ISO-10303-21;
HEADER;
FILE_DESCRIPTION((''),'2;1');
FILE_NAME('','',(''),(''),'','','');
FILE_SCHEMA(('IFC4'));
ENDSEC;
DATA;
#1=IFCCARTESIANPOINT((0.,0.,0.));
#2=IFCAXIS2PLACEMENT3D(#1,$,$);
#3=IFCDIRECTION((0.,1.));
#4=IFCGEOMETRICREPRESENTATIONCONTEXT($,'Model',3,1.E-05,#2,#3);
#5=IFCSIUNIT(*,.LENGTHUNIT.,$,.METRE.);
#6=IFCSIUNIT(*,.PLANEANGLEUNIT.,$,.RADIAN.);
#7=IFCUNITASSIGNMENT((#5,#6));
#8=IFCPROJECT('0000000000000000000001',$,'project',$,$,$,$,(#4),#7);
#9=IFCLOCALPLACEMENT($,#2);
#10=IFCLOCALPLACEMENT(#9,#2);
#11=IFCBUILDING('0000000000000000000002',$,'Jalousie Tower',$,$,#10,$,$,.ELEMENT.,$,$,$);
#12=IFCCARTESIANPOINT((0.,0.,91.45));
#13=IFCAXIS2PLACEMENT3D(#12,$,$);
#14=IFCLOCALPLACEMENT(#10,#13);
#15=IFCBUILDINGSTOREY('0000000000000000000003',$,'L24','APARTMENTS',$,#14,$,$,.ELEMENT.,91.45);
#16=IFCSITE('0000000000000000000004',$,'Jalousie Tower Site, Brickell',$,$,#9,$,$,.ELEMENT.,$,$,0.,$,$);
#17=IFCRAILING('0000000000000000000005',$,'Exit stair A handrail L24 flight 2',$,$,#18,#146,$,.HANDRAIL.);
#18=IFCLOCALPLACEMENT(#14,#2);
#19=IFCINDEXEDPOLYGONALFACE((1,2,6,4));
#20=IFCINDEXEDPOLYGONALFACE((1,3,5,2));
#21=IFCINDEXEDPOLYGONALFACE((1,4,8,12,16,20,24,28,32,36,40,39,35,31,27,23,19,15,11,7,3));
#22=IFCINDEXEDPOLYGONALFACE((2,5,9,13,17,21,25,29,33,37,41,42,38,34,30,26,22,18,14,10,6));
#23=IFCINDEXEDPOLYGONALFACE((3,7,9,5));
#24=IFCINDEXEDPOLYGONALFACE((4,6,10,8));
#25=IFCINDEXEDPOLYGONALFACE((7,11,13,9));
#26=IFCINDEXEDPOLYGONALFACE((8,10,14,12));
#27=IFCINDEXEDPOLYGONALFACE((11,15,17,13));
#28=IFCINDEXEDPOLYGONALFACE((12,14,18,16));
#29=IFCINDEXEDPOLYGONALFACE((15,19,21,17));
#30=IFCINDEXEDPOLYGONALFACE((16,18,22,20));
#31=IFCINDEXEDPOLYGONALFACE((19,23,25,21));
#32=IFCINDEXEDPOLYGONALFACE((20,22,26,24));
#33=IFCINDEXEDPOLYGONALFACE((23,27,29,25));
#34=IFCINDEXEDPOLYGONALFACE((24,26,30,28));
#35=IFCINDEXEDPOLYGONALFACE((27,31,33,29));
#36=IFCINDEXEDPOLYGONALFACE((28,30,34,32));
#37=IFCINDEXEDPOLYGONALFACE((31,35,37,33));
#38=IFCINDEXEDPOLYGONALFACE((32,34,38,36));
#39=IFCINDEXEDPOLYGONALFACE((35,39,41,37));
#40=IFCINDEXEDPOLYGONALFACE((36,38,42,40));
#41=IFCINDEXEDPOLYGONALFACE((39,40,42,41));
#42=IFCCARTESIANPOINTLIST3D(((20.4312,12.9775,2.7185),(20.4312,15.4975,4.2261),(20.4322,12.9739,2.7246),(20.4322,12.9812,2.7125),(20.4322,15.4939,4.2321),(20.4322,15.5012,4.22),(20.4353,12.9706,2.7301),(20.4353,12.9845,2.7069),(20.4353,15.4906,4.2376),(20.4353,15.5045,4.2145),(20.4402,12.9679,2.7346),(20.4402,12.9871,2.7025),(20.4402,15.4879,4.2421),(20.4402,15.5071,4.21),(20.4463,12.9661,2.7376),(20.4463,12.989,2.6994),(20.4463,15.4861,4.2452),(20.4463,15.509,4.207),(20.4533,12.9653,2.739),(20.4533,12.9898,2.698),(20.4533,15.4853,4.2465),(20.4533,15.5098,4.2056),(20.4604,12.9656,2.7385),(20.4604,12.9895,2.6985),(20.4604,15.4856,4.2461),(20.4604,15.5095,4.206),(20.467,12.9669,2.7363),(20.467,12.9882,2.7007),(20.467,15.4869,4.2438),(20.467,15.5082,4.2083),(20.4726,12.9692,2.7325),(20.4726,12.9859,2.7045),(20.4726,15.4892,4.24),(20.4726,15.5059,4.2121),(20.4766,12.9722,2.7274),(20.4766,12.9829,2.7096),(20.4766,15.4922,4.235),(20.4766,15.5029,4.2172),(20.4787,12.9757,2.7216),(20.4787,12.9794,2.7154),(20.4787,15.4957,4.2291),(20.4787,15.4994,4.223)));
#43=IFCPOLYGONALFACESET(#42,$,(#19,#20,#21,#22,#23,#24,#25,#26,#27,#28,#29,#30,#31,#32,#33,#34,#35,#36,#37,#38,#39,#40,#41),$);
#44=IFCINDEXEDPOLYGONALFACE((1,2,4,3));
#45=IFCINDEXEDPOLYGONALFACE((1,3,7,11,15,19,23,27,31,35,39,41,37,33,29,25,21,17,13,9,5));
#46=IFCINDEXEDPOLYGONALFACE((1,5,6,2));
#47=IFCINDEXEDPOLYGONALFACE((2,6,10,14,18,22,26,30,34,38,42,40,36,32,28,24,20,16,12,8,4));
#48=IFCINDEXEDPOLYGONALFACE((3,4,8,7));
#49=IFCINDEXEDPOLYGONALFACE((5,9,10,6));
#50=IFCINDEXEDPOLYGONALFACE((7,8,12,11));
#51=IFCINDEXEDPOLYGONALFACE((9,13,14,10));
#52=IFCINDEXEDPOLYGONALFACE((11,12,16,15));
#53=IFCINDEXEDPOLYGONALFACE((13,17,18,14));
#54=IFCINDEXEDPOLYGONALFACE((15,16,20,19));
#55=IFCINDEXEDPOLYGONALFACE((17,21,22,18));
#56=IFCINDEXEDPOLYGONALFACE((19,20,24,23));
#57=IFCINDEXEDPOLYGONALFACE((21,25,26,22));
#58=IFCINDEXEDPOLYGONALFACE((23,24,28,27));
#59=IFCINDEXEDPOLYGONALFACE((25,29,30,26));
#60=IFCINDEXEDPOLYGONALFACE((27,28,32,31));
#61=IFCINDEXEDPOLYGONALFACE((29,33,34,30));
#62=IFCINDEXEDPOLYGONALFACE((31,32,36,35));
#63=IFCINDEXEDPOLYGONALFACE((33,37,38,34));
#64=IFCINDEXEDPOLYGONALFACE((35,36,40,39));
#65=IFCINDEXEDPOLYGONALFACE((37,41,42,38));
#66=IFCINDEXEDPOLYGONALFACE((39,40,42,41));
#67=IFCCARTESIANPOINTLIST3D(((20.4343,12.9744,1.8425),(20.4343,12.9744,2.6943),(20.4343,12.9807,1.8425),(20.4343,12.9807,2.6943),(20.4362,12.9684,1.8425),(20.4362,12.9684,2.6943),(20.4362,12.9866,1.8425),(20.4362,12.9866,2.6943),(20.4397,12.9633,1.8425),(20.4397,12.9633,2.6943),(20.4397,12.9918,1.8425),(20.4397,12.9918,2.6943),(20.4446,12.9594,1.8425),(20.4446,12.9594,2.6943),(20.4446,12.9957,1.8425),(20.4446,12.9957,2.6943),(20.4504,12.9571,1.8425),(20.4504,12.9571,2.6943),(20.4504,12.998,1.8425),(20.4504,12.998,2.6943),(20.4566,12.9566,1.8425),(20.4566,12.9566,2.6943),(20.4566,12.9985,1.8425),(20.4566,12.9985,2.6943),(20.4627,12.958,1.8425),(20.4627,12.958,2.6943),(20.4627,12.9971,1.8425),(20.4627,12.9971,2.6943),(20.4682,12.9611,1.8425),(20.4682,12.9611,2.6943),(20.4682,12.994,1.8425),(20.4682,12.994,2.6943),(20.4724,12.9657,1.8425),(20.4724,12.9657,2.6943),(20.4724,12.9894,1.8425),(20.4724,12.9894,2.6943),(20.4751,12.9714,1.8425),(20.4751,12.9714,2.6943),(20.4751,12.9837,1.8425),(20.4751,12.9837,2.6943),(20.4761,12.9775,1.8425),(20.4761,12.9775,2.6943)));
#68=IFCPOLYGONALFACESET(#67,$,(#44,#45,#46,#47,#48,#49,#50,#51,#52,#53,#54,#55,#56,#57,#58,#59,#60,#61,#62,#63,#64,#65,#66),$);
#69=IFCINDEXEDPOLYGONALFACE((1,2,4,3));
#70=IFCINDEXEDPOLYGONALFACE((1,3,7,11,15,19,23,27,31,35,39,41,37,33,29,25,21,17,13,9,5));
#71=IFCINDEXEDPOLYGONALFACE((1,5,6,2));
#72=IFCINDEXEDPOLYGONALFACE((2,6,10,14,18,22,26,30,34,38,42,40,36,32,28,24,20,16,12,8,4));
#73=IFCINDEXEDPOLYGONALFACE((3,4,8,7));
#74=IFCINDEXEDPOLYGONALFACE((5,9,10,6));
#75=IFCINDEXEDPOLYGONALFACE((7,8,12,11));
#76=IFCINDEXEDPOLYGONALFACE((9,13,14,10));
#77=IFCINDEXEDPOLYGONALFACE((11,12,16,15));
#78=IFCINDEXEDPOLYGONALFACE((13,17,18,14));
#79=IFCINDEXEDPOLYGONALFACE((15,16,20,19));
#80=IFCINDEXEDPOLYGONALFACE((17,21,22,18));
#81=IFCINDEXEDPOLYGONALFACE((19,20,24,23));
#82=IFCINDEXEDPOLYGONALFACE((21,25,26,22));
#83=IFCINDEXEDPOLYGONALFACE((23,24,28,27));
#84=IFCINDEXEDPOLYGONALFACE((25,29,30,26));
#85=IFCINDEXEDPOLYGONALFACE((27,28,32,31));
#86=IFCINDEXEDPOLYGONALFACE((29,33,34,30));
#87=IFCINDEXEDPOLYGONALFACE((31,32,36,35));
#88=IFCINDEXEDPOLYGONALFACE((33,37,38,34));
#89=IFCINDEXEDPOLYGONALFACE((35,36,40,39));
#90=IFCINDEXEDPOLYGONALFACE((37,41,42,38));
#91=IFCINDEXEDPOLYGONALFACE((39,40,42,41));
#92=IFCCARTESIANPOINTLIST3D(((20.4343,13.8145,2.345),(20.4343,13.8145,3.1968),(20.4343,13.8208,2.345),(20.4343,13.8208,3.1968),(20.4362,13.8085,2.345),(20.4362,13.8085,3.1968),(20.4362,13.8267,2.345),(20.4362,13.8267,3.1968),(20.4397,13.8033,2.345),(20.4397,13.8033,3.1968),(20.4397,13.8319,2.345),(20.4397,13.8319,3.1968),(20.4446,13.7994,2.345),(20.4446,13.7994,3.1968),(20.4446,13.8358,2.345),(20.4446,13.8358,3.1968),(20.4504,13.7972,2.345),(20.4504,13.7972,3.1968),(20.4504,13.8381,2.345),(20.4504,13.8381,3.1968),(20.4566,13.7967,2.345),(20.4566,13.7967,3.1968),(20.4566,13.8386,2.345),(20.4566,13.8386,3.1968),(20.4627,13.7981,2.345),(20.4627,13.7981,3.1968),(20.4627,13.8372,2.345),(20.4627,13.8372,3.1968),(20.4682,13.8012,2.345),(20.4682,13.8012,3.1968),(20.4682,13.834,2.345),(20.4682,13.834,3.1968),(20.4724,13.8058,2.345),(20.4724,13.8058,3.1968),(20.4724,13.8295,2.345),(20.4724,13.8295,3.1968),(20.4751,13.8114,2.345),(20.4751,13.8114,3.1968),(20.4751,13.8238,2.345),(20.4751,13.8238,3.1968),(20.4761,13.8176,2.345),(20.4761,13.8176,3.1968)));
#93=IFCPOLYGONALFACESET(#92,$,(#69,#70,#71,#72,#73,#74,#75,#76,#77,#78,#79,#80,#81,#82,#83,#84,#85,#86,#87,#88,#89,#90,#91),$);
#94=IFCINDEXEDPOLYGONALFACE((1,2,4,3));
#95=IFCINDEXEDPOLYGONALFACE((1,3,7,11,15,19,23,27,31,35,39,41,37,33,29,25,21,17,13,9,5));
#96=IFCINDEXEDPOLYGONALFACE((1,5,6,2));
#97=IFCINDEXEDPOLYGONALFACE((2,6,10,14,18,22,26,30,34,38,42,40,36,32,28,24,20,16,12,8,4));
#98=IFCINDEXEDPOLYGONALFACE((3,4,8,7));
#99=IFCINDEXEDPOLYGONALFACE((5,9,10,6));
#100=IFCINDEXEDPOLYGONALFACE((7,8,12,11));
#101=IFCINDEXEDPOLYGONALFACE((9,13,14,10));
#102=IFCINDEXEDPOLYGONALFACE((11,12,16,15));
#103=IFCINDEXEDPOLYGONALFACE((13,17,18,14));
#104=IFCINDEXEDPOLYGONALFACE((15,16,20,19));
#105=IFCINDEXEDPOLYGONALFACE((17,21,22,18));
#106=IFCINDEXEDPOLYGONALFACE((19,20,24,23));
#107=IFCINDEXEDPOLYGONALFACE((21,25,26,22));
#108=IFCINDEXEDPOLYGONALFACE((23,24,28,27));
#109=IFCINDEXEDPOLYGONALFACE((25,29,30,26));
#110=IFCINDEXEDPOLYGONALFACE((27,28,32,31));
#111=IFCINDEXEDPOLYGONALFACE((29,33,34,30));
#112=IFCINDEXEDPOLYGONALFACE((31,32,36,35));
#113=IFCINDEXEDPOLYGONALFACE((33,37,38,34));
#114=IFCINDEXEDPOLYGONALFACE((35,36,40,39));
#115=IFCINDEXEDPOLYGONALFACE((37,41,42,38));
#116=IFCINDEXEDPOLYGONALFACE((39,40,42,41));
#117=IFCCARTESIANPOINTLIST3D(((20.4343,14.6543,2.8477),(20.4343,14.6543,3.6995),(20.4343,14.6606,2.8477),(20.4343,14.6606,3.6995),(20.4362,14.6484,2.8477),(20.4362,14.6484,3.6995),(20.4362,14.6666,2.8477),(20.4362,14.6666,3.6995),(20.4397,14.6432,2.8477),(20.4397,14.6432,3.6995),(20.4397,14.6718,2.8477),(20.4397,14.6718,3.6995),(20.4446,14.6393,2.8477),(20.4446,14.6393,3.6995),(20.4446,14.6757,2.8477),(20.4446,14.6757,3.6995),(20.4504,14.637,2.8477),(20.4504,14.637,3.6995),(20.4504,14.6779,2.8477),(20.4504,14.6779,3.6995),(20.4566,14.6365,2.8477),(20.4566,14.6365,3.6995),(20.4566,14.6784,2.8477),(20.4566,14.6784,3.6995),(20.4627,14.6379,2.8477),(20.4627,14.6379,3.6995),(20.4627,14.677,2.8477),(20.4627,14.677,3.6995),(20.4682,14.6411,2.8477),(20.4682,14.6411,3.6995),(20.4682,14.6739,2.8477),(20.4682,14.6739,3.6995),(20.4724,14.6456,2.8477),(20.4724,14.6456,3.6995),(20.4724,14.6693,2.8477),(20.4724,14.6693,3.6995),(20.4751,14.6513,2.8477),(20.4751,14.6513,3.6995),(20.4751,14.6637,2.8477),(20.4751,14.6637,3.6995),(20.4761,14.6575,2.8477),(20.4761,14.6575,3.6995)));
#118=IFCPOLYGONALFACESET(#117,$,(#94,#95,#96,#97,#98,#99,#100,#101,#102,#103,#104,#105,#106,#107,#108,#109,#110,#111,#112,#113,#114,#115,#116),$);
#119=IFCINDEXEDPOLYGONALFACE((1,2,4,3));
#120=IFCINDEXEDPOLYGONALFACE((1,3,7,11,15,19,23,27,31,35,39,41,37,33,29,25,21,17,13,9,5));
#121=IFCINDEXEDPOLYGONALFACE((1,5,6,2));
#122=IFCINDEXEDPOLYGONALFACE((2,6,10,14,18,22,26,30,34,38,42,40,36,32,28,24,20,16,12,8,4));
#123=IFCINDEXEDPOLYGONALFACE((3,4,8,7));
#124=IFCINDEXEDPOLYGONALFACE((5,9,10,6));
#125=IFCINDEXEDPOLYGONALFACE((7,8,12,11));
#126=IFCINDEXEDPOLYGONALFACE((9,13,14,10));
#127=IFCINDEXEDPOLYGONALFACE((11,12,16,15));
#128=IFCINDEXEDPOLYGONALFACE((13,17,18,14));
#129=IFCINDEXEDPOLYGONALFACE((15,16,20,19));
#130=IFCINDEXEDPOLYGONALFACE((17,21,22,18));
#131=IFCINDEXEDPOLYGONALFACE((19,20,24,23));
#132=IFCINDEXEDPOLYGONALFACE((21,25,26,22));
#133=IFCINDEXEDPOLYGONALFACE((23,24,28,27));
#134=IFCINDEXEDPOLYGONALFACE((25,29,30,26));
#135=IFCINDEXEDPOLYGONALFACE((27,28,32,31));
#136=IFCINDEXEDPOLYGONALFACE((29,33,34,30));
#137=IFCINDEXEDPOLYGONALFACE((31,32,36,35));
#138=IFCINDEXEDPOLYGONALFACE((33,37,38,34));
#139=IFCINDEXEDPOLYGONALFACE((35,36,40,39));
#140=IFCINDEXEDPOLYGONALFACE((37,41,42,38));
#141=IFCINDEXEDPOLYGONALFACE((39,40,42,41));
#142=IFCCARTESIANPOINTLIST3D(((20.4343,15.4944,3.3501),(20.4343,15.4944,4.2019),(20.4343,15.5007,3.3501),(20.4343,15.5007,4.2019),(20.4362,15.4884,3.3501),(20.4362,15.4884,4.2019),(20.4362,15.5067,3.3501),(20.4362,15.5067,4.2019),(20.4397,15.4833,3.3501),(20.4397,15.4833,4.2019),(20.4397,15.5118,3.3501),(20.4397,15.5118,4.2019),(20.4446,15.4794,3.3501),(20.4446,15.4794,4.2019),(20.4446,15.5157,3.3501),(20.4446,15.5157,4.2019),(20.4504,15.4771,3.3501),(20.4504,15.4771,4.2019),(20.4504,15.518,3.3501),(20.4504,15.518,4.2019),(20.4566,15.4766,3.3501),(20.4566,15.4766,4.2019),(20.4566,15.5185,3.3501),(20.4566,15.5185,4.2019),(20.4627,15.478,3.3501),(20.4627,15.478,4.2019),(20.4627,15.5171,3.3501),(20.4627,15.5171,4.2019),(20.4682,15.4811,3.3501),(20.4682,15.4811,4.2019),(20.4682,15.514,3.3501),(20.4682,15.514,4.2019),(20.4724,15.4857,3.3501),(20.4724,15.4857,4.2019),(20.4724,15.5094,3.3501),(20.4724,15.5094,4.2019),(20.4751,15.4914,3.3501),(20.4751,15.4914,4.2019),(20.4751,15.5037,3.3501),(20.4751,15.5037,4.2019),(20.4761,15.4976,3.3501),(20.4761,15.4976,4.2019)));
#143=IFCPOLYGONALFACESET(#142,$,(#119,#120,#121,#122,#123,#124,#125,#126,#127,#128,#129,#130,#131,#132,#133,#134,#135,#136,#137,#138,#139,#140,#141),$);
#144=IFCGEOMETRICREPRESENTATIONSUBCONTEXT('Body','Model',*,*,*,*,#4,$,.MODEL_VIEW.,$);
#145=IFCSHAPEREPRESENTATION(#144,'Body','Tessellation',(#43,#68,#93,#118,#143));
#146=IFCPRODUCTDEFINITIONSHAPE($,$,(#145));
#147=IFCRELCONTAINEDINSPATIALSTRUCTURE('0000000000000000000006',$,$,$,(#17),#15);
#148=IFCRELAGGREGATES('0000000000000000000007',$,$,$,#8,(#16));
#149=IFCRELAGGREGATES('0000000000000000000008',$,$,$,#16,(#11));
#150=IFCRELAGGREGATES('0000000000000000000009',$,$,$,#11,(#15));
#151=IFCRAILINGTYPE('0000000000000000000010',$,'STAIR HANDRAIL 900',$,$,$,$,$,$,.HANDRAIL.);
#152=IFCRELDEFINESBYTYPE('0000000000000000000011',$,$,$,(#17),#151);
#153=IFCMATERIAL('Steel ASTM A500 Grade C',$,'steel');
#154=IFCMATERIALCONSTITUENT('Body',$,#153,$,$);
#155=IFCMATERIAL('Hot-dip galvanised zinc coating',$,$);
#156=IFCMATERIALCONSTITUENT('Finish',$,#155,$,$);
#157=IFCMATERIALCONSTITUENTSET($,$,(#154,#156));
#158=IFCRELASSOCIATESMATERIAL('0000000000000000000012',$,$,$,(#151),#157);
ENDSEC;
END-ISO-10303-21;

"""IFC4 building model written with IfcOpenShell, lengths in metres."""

from ifc_helpers import new_model, si_unit, direction, frame, origin, origin_2d, place, context, subcontext, project, spatial, circle, extrude, material, constituent, constituent_set, type_object, element, save


model = new_model("IFC4")

# Units and contexts
model_context = context("Model", 3, precision=1e-05, world=origin(), true_north=direction((0.0, 1.0)))
body_context = subcontext(model_context, "Body", "Model", "MODEL_VIEW")
ifc_project = project(units=[si_unit("LENGTHUNIT", "METRE"), si_unit("PLANEANGLEUNIT", "RADIAN")], contexts=[model_context])

# Site, building, storey
site_placement = place(None, origin())
site = spatial("IfcSite", under=ifc_project, at=site_placement, Name="Jalousie Tower Site, Brickell", CompositionType="ELEMENT", RefElevation=0.0)
building_placement = place(site_placement, origin())
building = spatial("IfcBuilding", under=site, at=building_placement, Name="Jalousie Tower", CompositionType="ELEMENT")
storey_placement = place(building_placement, frame((0.0, 0.0, 91.45)))
storey = spatial("IfcBuildingStorey", under=building, at=storey_placement, Name="L24", Description="APARTMENTS", CompositionType="ELEMENT", Elevation=91.45)

# Railing
ifc_material_1 = material(Name="Steel ASTM A500 Grade C", Category="steel")
ifc_constituent_1 = constituent(ifc_material_1, Name="Body")
ifc_material_2 = material(Name="Hot-dip galvanised zinc coating")
ifc_constituent_2 = constituent(ifc_material_2, Name="Finish")
ifc_constituent_set_1 = constituent_set(constituents=[ifc_constituent_1, ifc_constituent_2])
railing_type_1 = type_object("IfcRailingType", Name="STAIR HANDRAIL 900", PredefinedType="HANDRAIL", material=ifc_constituent_set_1)
railing_1_placement = place(storey_placement, frame((20.4551, 12.9775, 1.8425)))
element("IfcRailing", 1, at=railing_1_placement, inside=storey, type_object=railing_type_1, Name="Exit stair A handrail L24 flight 2", PredefinedType="HANDRAIL", context=body_context, shape_type="SweptSolid", body=[
    extrude(circle(Radius=0.0239, at=origin_2d()), frame((0.0, 0.0, 0.876), z_axis=(0.0, 0.85816, 0.513383), x_axis=(-1.0, 0.0, 0.0)), (0.0, 0.0, 1.0), 2.9365),
    extrude(circle(Radius=0.021, at=origin_2d()), origin(), (0.0, 0.0, 1.0), 0.8518),
    extrude(circle(Radius=0.021, at=origin_2d()), frame((0.0, 0.8401, 0.5024)), (0.0, 0.0, 1.0), 0.8518),
    extrude(circle(Radius=0.021, at=origin_2d()), frame((0.0, 1.6799, 1.0051)), (0.0, 0.0, 1.0), 0.8518),
    extrude(circle(Radius=0.021, at=origin_2d()), frame((0.0, 2.52, 1.5076)), (0.0, 0.0, 1.0), 0.8518),
])

save(model, "model.ifc")
